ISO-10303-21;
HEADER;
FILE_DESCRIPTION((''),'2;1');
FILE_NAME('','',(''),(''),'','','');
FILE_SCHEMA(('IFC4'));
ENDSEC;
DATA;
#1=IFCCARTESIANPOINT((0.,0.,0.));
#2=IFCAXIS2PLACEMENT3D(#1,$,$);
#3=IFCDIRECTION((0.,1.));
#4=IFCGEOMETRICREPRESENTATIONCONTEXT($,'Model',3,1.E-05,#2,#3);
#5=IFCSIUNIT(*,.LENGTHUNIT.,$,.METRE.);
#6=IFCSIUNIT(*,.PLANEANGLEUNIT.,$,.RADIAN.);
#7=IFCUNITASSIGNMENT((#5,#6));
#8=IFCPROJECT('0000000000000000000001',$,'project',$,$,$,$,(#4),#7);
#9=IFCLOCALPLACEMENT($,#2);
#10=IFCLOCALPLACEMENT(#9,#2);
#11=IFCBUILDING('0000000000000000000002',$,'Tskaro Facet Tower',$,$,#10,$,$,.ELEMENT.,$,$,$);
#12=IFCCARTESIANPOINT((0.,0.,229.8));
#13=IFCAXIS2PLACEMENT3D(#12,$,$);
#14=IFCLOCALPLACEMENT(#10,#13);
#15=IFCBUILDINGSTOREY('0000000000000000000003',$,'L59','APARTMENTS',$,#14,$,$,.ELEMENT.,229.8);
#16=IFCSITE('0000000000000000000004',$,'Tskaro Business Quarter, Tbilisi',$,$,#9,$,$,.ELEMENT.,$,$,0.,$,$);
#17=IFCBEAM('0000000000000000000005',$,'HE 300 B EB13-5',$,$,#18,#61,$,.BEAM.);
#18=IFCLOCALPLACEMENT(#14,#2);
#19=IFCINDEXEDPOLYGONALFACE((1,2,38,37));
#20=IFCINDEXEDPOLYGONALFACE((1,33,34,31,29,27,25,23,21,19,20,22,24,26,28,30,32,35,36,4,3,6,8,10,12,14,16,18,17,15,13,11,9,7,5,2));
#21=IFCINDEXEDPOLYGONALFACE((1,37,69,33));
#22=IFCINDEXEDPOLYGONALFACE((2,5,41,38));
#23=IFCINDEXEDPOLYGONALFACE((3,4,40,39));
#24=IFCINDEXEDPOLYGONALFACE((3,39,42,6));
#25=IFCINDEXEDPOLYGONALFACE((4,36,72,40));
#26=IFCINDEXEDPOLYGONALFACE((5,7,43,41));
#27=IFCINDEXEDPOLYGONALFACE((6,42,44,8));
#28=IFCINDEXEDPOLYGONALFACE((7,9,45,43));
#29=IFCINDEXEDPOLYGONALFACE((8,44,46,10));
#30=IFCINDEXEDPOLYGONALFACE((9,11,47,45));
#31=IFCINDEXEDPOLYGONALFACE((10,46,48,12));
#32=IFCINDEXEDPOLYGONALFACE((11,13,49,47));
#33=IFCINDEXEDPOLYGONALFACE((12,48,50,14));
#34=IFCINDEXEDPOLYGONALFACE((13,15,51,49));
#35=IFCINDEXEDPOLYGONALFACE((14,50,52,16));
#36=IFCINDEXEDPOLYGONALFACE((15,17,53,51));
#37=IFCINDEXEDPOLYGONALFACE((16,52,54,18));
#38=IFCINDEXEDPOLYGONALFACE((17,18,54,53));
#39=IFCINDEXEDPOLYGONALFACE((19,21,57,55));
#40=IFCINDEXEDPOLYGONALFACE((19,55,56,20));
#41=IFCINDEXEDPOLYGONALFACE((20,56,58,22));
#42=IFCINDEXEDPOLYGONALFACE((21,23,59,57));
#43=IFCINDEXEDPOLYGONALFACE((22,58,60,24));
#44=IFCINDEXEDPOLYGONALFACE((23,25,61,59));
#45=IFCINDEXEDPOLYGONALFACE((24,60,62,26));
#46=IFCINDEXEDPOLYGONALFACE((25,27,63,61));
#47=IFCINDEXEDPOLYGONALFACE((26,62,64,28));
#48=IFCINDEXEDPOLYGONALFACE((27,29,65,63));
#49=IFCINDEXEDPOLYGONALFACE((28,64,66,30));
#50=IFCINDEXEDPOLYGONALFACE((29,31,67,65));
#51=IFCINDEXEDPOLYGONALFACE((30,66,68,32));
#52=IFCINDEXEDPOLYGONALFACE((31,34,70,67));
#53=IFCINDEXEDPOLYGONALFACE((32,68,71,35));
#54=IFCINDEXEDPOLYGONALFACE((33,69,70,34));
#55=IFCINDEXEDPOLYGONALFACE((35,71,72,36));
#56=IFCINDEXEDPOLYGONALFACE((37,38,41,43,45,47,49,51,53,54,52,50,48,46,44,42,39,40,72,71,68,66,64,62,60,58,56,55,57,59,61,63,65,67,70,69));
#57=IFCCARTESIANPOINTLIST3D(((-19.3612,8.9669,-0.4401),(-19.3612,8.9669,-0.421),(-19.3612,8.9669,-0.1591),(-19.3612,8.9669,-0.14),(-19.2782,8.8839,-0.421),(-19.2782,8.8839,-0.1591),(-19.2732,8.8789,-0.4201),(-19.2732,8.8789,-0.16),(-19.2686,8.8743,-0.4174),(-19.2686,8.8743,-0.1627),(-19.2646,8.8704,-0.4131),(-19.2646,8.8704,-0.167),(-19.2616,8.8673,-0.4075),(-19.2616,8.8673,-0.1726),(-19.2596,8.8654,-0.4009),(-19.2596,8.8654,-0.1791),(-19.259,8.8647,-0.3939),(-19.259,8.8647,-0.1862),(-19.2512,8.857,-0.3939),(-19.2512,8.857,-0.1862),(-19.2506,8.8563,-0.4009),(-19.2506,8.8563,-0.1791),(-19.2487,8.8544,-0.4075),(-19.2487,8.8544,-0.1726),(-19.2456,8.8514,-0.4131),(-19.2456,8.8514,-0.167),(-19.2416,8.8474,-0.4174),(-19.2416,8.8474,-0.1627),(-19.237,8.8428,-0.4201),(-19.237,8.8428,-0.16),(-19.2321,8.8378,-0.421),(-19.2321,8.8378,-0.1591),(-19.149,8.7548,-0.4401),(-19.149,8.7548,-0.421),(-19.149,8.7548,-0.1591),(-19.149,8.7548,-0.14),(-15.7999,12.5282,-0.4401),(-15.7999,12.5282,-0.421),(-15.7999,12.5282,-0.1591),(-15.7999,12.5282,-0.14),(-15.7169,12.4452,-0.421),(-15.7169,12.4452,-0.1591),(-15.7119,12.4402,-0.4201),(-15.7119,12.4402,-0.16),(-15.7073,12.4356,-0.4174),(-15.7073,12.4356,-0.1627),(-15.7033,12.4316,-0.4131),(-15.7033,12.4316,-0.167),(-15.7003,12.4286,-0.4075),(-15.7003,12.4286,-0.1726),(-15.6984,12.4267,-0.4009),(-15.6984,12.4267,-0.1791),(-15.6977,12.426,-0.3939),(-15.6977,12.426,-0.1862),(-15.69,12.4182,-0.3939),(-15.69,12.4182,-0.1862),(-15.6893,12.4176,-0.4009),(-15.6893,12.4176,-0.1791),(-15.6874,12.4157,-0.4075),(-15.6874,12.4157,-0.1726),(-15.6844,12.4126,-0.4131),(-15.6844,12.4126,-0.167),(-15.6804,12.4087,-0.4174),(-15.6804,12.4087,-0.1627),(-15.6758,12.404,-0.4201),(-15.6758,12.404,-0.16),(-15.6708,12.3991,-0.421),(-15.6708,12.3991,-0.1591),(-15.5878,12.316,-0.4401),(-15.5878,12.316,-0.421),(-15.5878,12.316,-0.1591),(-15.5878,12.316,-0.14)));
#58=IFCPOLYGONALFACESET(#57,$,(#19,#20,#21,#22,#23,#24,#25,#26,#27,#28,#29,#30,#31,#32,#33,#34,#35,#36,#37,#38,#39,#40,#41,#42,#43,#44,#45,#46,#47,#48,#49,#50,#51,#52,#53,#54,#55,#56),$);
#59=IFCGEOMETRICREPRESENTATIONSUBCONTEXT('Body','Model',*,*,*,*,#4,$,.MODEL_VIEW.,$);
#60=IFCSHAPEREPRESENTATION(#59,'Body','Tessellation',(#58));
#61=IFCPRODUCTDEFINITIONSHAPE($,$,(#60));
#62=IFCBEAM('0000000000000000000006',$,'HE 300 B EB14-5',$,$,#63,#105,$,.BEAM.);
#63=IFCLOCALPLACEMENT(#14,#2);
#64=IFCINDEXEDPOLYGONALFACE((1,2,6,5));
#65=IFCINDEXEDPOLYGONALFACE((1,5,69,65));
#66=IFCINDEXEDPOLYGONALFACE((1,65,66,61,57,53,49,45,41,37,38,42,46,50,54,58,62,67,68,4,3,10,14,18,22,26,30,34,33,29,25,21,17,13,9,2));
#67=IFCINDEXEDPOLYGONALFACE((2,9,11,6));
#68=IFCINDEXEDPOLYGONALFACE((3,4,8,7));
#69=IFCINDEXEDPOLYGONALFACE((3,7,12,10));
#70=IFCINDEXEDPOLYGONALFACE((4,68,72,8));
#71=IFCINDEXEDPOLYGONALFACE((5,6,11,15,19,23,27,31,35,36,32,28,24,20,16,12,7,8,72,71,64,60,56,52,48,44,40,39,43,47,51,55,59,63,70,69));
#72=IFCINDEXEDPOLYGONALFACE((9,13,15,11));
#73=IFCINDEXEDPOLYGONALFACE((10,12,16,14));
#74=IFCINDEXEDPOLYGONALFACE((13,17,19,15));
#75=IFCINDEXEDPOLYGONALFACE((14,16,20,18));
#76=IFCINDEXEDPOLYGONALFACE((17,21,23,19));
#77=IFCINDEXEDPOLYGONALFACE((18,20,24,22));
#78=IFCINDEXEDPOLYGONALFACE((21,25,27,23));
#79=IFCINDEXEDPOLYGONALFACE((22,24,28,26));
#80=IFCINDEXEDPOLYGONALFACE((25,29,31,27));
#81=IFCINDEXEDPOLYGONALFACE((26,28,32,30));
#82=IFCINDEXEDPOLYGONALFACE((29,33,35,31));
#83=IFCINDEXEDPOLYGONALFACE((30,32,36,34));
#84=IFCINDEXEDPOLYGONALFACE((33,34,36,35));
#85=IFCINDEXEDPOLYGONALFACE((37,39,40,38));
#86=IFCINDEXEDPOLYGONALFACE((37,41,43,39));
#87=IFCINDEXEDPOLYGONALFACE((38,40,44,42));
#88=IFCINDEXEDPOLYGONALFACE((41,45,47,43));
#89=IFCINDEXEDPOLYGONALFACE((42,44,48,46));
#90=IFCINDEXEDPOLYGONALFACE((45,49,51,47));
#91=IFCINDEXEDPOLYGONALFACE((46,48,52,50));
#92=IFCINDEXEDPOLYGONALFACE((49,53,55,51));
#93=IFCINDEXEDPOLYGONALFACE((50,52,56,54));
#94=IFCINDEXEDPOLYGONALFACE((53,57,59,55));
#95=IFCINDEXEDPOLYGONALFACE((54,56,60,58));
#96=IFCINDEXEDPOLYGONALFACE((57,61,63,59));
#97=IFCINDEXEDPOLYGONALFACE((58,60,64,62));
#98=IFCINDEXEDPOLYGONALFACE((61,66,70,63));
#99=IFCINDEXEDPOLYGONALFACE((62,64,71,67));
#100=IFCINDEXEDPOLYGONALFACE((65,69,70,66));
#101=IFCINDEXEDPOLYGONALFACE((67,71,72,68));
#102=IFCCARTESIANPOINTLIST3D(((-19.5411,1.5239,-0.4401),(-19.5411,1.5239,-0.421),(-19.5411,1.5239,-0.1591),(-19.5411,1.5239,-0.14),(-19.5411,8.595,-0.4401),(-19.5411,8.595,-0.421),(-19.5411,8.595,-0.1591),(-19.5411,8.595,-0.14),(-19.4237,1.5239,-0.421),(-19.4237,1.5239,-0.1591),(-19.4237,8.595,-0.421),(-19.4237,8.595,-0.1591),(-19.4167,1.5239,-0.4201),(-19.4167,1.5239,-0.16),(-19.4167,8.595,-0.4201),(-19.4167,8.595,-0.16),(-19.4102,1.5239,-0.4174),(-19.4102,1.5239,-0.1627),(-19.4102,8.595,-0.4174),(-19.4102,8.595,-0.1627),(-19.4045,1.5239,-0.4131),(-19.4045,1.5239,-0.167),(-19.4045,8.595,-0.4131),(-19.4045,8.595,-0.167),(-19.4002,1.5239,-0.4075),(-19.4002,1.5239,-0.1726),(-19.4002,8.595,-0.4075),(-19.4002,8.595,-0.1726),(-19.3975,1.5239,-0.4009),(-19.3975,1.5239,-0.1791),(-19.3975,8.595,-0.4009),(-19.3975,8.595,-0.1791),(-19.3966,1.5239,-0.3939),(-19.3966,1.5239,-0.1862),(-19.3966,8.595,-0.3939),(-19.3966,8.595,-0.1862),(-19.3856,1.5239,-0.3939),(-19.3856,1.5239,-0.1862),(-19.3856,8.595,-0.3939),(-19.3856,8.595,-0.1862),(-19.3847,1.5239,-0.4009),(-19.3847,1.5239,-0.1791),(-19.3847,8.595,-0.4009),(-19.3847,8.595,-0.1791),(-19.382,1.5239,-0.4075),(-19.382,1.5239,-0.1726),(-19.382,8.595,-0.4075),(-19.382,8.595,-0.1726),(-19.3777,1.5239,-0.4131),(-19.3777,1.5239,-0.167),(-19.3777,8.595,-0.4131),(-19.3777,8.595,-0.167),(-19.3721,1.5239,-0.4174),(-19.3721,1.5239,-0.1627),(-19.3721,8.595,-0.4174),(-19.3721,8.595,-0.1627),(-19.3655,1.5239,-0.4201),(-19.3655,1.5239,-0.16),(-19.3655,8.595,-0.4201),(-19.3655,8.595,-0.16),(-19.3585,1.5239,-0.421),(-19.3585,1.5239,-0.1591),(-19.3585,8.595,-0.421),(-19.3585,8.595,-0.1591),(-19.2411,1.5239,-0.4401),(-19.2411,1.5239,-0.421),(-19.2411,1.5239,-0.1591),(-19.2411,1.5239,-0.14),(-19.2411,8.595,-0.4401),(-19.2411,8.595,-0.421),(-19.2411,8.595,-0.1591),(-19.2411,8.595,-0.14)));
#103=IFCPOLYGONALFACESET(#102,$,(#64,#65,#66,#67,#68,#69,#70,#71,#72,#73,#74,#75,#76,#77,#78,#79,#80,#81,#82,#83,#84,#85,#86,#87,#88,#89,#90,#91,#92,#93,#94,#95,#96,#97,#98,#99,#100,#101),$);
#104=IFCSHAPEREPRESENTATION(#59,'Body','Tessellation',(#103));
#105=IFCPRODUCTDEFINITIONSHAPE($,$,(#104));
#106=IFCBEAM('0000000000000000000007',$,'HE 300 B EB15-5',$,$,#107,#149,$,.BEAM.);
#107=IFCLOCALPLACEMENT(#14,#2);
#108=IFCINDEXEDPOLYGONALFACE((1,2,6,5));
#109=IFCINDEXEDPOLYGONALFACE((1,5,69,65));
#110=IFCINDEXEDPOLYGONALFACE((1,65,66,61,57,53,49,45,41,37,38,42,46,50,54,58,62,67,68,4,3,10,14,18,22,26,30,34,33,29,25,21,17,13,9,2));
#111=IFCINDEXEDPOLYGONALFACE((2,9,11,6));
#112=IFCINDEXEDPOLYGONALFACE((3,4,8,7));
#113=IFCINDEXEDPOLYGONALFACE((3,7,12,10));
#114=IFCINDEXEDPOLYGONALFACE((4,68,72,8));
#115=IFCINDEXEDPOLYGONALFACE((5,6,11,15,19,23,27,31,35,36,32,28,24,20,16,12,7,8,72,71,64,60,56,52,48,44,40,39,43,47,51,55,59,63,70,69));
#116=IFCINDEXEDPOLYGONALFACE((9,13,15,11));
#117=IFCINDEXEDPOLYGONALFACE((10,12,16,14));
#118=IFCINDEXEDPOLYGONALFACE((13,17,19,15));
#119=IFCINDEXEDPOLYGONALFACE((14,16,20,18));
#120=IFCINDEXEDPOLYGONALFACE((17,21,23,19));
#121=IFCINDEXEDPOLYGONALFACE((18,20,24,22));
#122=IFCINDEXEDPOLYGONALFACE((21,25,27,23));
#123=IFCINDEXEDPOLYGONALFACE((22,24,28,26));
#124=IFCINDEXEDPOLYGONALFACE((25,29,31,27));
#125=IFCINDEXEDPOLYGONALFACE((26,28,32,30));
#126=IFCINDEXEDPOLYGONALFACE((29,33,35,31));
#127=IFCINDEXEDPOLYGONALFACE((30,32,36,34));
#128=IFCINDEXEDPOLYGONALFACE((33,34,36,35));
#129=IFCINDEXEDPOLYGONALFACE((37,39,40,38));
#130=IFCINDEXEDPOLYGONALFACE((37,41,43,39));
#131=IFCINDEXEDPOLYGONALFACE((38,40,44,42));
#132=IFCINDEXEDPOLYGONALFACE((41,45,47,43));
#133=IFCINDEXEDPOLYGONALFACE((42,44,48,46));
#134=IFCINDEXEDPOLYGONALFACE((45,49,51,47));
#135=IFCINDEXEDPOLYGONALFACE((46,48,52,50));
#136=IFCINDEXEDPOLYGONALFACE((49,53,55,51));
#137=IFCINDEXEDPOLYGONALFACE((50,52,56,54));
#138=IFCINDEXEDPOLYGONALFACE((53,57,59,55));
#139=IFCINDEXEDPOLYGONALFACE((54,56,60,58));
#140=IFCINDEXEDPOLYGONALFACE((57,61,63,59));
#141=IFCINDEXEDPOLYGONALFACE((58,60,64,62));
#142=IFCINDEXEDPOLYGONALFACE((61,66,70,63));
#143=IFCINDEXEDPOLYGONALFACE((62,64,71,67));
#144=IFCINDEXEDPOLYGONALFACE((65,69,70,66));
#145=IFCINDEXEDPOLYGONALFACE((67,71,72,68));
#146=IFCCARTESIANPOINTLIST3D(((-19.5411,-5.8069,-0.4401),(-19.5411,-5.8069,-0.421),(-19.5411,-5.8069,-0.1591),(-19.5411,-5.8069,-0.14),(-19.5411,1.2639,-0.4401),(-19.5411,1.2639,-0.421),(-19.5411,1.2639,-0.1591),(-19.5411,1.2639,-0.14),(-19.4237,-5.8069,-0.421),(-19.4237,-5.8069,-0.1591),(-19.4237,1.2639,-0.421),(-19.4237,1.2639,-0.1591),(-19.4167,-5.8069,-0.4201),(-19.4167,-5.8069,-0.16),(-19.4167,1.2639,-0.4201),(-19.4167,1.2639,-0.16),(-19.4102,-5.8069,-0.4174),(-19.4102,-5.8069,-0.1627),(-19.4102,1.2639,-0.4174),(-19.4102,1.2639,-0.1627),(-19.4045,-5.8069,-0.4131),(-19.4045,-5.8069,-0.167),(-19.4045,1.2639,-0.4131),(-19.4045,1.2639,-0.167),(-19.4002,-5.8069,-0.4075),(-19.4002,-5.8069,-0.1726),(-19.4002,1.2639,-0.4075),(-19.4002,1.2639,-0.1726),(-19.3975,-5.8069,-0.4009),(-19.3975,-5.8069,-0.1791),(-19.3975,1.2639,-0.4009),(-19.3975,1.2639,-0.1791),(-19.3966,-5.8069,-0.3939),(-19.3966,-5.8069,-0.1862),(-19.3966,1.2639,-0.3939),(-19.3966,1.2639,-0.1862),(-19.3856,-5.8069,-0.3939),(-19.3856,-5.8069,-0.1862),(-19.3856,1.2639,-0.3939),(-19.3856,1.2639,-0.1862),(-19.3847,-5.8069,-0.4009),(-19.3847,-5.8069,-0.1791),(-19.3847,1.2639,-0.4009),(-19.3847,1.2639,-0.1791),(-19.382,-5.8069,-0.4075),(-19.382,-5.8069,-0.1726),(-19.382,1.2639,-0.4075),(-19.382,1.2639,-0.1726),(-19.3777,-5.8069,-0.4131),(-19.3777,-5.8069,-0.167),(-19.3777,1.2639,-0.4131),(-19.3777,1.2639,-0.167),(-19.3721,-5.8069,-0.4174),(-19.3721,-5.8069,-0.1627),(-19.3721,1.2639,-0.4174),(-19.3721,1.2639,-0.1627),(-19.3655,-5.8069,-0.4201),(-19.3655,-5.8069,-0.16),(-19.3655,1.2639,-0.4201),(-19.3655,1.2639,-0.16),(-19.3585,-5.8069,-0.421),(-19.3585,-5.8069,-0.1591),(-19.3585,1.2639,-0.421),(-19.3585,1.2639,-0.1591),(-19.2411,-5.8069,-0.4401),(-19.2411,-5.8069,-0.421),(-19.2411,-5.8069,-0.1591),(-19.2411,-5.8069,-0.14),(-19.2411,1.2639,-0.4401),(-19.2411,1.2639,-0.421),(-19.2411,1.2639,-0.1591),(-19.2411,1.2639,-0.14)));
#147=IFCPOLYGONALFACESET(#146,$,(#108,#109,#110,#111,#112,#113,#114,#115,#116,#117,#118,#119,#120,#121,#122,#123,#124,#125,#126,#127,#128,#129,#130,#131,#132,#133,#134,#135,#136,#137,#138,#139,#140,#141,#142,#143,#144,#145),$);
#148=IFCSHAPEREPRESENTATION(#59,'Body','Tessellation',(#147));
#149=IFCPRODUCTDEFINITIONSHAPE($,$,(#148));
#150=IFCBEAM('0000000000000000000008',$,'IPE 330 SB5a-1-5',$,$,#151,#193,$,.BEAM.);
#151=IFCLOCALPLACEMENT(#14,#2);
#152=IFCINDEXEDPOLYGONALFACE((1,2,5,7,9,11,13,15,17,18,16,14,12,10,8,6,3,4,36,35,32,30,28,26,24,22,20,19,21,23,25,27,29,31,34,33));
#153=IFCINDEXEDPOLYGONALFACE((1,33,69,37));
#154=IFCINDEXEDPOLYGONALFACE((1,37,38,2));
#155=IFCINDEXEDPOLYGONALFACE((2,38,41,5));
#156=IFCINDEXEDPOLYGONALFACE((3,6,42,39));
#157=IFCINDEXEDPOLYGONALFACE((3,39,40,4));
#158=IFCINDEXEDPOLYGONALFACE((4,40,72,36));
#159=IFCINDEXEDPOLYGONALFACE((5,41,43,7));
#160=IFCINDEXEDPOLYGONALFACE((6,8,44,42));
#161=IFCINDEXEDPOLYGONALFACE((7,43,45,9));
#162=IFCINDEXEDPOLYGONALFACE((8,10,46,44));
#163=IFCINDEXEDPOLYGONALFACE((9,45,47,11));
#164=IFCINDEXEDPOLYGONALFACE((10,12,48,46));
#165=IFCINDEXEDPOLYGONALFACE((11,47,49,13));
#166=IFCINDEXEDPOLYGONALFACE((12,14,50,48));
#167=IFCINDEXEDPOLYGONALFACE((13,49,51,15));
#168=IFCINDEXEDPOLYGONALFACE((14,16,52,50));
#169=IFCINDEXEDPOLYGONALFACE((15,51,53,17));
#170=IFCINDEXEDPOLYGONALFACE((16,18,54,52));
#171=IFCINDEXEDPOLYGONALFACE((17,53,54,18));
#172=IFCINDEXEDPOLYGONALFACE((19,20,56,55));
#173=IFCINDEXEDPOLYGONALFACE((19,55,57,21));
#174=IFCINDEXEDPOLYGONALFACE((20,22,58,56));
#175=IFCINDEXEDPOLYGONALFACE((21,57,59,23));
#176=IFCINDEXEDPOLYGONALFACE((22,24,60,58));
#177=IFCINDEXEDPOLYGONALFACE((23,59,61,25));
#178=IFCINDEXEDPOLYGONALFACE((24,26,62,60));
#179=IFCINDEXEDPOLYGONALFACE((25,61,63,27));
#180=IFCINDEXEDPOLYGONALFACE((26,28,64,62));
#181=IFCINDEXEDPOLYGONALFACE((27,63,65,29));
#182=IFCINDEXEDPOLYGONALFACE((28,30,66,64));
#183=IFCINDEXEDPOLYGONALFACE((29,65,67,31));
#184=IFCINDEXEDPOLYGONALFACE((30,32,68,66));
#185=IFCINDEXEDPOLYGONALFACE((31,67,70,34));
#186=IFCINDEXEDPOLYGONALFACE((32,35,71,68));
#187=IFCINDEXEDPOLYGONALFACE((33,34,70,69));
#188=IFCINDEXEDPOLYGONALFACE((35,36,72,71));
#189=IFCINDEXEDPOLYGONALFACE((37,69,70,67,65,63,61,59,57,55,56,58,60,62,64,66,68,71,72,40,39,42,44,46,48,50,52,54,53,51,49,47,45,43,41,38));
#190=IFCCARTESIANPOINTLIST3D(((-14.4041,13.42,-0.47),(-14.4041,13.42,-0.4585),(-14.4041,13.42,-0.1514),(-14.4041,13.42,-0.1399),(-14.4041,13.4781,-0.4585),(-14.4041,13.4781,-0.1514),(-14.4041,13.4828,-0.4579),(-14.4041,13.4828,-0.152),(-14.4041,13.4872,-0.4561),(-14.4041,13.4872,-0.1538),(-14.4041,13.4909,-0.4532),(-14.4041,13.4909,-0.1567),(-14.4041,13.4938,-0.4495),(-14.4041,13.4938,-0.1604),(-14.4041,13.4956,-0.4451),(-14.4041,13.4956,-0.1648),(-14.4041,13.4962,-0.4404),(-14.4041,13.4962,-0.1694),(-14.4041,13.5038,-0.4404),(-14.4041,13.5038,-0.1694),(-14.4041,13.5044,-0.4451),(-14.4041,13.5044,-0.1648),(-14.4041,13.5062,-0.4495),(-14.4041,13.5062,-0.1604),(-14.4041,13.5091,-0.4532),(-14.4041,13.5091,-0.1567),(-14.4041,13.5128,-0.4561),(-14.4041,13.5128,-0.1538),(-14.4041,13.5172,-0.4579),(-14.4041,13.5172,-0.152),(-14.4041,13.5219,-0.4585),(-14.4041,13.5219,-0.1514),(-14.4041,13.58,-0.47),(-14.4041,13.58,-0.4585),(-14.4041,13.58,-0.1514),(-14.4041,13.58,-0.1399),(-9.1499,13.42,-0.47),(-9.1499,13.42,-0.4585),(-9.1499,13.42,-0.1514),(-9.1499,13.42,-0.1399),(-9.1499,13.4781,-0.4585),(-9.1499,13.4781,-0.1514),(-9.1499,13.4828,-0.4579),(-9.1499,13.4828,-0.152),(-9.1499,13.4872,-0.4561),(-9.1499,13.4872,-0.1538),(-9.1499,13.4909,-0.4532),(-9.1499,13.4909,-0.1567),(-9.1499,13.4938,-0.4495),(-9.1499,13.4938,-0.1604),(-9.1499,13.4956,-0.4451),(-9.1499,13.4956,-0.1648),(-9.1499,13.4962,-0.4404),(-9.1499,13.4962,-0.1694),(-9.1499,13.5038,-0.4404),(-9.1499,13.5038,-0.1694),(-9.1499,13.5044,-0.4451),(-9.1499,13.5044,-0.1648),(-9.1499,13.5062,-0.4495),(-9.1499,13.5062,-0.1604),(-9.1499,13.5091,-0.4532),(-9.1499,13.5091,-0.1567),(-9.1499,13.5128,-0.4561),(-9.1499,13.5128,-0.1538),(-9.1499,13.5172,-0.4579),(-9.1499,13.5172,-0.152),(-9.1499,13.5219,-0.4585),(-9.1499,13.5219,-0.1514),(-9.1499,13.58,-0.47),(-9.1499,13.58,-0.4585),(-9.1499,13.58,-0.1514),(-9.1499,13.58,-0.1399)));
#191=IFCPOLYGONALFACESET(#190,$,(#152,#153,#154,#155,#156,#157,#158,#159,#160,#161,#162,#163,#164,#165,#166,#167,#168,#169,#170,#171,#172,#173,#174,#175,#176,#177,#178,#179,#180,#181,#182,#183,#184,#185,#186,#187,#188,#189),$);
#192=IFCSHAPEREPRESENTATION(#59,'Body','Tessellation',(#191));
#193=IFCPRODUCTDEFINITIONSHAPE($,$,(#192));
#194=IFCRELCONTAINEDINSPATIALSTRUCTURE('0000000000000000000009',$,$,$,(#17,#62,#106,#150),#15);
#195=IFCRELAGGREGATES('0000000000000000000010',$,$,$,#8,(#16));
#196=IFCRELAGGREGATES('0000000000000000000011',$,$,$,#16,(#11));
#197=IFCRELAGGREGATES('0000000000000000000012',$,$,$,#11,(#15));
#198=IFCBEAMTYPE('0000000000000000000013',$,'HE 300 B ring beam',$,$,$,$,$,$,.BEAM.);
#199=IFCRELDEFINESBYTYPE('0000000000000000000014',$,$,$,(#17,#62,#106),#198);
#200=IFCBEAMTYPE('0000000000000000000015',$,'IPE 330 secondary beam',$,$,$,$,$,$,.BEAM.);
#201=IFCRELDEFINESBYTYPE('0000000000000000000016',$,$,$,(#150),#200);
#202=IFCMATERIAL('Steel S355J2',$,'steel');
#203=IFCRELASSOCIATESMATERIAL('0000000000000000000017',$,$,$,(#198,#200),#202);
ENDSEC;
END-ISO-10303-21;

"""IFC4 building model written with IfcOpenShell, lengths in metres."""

from ifc_helpers import new_model, si_unit, direction, frame, origin, origin_2d, place, context, subcontext, project, spatial, i_section, extrude, material, material_profile, profile_set, type_object, element, save


model = new_model("IFC4")

# Units and contexts
model_context = context("Model", 3, precision=1e-05, world=origin(), true_north=direction((0.0, 1.0)))
body_context = subcontext(model_context, "Body", "Model", "MODEL_VIEW")
ifc_project = project(units=[si_unit("LENGTHUNIT", "METRE"), si_unit("PLANEANGLEUNIT", "RADIAN")], contexts=[model_context])

# Site, building, storey
site_placement = place(None, origin())
site = spatial("IfcSite", under=ifc_project, at=site_placement, Name="Tskaro Business Quarter, Tbilisi", CompositionType="ELEMENT", RefElevation=0.0)
building_placement = place(site_placement, origin())
building = spatial("IfcBuilding", under=site, at=building_placement, Name="Tskaro Facet Tower", CompositionType="ELEMENT")
storey_placement = place(building_placement, frame((0.0, 0.0, 229.8)))
storey = spatial("IfcBuildingStorey", under=building, at=storey_placement, Name="L59", Description="APARTMENTS", CompositionType="ELEMENT", Elevation=229.8)

# Shared definitions
ifc_material_1 = material(Name="Steel S355J2", Category="steel")

# Beams
ifc_material_profile_1 = material_profile(ifc_material_1, i_section(OverallWidth=0.3, OverallDepth=0.3, WebThickness=0.011, FlangeThickness=0.019, FilletRadius=0.0271, at=origin_2d()), Name="HE 300 B")
ifc_profile_set_1 = profile_set([ifc_material_profile_1], Name="Steel S355J2")
beam_type_1 = type_object("IfcBeamType", Name="HE 300 B ring beam", PredefinedType="BEAM", material=ifc_profile_set_1)
beam_1_placement = place(storey_placement, frame((-15.6938, 12.4221, -0.29), z_axis=(-0.707107, -0.707107, 0.0), x_axis=(0.707107, -0.707107, 0.0)))
element("IfcBeam", 1, at=beam_1_placement, inside=storey, type_object=beam_type_1, Name="HE 300 B EB13-5", PredefinedType="BEAM", context=body_context, shape_type="SweptSolid", body=[
    extrude(i_section(OverallWidth=0.3, OverallDepth=0.3, WebThickness=0.011, FlangeThickness=0.019, FilletRadius=0.0271, at=origin_2d()), origin(), (0.0, 0.0, 1.0), 5.0364),
])
beam_2_placement = place(storey_placement, frame((-19.3911, 8.595, -0.29), z_axis=(0.0, -1.0, 0.0), x_axis=(1.0, 0.0, 0.0)))
element("IfcBeam", 2, at=beam_2_placement, inside=storey, type_object=beam_type_1, Name="HE 300 B EB14-5", PredefinedType="BEAM", context=body_context, shape_type="SweptSolid", body=[
    extrude(i_section(OverallWidth=0.3, OverallDepth=0.3, WebThickness=0.011, FlangeThickness=0.019, FilletRadius=0.0271, at=origin_2d()), origin(), (0.0, 0.0, 1.0), 7.071),
])
beam_3_placement = place(storey_placement, frame((-19.3911, 1.2639, -0.29), z_axis=(0.0, -1.0, 0.0), x_axis=(1.0, 0.0, 0.0)))
element("IfcBeam", 3, at=beam_3_placement, inside=storey, type_object=beam_type_1, Name="HE 300 B EB15-5", PredefinedType="BEAM", context=body_context, shape_type="SweptSolid", body=[
    extrude(i_section(OverallWidth=0.3, OverallDepth=0.3, WebThickness=0.011, FlangeThickness=0.019, FilletRadius=0.0271, at=origin_2d()), origin(), (0.0, 0.0, 1.0), 7.0708),
])
ifc_material_profile_2 = material_profile(ifc_material_1, i_section(OverallWidth=0.1599, OverallDepth=0.3301, WebThickness=0.0076, FlangeThickness=0.0115, FilletRadius=0.0181, at=origin_2d()), Name="IPE 330")
ifc_profile_set_2 = profile_set([ifc_material_profile_2], Name="Steel S355J2")
beam_type_2 = type_object("IfcBeamType", Name="IPE 330 secondary beam", PredefinedType="BEAM", material=ifc_profile_set_2)
beam_4_placement = place(storey_placement, frame((-14.4041, 13.5, -0.3049), z_axis=(1.0, 0.0, 0.0), x_axis=(0.0, 1.0, 0.0)))
element("IfcBeam", 4, at=beam_4_placement, inside=storey, type_object=beam_type_2, Name="IPE 330 SB5a-1-5", PredefinedType="BEAM", context=body_context, shape_type="SweptSolid", body=[
    extrude(i_section(OverallWidth=0.1599, OverallDepth=0.3301, WebThickness=0.0076, FlangeThickness=0.0115, FilletRadius=0.0181, at=origin_2d()), origin(), (0.0, 0.0, 1.0), 5.2542),
])

save(model, "model.ifc")
